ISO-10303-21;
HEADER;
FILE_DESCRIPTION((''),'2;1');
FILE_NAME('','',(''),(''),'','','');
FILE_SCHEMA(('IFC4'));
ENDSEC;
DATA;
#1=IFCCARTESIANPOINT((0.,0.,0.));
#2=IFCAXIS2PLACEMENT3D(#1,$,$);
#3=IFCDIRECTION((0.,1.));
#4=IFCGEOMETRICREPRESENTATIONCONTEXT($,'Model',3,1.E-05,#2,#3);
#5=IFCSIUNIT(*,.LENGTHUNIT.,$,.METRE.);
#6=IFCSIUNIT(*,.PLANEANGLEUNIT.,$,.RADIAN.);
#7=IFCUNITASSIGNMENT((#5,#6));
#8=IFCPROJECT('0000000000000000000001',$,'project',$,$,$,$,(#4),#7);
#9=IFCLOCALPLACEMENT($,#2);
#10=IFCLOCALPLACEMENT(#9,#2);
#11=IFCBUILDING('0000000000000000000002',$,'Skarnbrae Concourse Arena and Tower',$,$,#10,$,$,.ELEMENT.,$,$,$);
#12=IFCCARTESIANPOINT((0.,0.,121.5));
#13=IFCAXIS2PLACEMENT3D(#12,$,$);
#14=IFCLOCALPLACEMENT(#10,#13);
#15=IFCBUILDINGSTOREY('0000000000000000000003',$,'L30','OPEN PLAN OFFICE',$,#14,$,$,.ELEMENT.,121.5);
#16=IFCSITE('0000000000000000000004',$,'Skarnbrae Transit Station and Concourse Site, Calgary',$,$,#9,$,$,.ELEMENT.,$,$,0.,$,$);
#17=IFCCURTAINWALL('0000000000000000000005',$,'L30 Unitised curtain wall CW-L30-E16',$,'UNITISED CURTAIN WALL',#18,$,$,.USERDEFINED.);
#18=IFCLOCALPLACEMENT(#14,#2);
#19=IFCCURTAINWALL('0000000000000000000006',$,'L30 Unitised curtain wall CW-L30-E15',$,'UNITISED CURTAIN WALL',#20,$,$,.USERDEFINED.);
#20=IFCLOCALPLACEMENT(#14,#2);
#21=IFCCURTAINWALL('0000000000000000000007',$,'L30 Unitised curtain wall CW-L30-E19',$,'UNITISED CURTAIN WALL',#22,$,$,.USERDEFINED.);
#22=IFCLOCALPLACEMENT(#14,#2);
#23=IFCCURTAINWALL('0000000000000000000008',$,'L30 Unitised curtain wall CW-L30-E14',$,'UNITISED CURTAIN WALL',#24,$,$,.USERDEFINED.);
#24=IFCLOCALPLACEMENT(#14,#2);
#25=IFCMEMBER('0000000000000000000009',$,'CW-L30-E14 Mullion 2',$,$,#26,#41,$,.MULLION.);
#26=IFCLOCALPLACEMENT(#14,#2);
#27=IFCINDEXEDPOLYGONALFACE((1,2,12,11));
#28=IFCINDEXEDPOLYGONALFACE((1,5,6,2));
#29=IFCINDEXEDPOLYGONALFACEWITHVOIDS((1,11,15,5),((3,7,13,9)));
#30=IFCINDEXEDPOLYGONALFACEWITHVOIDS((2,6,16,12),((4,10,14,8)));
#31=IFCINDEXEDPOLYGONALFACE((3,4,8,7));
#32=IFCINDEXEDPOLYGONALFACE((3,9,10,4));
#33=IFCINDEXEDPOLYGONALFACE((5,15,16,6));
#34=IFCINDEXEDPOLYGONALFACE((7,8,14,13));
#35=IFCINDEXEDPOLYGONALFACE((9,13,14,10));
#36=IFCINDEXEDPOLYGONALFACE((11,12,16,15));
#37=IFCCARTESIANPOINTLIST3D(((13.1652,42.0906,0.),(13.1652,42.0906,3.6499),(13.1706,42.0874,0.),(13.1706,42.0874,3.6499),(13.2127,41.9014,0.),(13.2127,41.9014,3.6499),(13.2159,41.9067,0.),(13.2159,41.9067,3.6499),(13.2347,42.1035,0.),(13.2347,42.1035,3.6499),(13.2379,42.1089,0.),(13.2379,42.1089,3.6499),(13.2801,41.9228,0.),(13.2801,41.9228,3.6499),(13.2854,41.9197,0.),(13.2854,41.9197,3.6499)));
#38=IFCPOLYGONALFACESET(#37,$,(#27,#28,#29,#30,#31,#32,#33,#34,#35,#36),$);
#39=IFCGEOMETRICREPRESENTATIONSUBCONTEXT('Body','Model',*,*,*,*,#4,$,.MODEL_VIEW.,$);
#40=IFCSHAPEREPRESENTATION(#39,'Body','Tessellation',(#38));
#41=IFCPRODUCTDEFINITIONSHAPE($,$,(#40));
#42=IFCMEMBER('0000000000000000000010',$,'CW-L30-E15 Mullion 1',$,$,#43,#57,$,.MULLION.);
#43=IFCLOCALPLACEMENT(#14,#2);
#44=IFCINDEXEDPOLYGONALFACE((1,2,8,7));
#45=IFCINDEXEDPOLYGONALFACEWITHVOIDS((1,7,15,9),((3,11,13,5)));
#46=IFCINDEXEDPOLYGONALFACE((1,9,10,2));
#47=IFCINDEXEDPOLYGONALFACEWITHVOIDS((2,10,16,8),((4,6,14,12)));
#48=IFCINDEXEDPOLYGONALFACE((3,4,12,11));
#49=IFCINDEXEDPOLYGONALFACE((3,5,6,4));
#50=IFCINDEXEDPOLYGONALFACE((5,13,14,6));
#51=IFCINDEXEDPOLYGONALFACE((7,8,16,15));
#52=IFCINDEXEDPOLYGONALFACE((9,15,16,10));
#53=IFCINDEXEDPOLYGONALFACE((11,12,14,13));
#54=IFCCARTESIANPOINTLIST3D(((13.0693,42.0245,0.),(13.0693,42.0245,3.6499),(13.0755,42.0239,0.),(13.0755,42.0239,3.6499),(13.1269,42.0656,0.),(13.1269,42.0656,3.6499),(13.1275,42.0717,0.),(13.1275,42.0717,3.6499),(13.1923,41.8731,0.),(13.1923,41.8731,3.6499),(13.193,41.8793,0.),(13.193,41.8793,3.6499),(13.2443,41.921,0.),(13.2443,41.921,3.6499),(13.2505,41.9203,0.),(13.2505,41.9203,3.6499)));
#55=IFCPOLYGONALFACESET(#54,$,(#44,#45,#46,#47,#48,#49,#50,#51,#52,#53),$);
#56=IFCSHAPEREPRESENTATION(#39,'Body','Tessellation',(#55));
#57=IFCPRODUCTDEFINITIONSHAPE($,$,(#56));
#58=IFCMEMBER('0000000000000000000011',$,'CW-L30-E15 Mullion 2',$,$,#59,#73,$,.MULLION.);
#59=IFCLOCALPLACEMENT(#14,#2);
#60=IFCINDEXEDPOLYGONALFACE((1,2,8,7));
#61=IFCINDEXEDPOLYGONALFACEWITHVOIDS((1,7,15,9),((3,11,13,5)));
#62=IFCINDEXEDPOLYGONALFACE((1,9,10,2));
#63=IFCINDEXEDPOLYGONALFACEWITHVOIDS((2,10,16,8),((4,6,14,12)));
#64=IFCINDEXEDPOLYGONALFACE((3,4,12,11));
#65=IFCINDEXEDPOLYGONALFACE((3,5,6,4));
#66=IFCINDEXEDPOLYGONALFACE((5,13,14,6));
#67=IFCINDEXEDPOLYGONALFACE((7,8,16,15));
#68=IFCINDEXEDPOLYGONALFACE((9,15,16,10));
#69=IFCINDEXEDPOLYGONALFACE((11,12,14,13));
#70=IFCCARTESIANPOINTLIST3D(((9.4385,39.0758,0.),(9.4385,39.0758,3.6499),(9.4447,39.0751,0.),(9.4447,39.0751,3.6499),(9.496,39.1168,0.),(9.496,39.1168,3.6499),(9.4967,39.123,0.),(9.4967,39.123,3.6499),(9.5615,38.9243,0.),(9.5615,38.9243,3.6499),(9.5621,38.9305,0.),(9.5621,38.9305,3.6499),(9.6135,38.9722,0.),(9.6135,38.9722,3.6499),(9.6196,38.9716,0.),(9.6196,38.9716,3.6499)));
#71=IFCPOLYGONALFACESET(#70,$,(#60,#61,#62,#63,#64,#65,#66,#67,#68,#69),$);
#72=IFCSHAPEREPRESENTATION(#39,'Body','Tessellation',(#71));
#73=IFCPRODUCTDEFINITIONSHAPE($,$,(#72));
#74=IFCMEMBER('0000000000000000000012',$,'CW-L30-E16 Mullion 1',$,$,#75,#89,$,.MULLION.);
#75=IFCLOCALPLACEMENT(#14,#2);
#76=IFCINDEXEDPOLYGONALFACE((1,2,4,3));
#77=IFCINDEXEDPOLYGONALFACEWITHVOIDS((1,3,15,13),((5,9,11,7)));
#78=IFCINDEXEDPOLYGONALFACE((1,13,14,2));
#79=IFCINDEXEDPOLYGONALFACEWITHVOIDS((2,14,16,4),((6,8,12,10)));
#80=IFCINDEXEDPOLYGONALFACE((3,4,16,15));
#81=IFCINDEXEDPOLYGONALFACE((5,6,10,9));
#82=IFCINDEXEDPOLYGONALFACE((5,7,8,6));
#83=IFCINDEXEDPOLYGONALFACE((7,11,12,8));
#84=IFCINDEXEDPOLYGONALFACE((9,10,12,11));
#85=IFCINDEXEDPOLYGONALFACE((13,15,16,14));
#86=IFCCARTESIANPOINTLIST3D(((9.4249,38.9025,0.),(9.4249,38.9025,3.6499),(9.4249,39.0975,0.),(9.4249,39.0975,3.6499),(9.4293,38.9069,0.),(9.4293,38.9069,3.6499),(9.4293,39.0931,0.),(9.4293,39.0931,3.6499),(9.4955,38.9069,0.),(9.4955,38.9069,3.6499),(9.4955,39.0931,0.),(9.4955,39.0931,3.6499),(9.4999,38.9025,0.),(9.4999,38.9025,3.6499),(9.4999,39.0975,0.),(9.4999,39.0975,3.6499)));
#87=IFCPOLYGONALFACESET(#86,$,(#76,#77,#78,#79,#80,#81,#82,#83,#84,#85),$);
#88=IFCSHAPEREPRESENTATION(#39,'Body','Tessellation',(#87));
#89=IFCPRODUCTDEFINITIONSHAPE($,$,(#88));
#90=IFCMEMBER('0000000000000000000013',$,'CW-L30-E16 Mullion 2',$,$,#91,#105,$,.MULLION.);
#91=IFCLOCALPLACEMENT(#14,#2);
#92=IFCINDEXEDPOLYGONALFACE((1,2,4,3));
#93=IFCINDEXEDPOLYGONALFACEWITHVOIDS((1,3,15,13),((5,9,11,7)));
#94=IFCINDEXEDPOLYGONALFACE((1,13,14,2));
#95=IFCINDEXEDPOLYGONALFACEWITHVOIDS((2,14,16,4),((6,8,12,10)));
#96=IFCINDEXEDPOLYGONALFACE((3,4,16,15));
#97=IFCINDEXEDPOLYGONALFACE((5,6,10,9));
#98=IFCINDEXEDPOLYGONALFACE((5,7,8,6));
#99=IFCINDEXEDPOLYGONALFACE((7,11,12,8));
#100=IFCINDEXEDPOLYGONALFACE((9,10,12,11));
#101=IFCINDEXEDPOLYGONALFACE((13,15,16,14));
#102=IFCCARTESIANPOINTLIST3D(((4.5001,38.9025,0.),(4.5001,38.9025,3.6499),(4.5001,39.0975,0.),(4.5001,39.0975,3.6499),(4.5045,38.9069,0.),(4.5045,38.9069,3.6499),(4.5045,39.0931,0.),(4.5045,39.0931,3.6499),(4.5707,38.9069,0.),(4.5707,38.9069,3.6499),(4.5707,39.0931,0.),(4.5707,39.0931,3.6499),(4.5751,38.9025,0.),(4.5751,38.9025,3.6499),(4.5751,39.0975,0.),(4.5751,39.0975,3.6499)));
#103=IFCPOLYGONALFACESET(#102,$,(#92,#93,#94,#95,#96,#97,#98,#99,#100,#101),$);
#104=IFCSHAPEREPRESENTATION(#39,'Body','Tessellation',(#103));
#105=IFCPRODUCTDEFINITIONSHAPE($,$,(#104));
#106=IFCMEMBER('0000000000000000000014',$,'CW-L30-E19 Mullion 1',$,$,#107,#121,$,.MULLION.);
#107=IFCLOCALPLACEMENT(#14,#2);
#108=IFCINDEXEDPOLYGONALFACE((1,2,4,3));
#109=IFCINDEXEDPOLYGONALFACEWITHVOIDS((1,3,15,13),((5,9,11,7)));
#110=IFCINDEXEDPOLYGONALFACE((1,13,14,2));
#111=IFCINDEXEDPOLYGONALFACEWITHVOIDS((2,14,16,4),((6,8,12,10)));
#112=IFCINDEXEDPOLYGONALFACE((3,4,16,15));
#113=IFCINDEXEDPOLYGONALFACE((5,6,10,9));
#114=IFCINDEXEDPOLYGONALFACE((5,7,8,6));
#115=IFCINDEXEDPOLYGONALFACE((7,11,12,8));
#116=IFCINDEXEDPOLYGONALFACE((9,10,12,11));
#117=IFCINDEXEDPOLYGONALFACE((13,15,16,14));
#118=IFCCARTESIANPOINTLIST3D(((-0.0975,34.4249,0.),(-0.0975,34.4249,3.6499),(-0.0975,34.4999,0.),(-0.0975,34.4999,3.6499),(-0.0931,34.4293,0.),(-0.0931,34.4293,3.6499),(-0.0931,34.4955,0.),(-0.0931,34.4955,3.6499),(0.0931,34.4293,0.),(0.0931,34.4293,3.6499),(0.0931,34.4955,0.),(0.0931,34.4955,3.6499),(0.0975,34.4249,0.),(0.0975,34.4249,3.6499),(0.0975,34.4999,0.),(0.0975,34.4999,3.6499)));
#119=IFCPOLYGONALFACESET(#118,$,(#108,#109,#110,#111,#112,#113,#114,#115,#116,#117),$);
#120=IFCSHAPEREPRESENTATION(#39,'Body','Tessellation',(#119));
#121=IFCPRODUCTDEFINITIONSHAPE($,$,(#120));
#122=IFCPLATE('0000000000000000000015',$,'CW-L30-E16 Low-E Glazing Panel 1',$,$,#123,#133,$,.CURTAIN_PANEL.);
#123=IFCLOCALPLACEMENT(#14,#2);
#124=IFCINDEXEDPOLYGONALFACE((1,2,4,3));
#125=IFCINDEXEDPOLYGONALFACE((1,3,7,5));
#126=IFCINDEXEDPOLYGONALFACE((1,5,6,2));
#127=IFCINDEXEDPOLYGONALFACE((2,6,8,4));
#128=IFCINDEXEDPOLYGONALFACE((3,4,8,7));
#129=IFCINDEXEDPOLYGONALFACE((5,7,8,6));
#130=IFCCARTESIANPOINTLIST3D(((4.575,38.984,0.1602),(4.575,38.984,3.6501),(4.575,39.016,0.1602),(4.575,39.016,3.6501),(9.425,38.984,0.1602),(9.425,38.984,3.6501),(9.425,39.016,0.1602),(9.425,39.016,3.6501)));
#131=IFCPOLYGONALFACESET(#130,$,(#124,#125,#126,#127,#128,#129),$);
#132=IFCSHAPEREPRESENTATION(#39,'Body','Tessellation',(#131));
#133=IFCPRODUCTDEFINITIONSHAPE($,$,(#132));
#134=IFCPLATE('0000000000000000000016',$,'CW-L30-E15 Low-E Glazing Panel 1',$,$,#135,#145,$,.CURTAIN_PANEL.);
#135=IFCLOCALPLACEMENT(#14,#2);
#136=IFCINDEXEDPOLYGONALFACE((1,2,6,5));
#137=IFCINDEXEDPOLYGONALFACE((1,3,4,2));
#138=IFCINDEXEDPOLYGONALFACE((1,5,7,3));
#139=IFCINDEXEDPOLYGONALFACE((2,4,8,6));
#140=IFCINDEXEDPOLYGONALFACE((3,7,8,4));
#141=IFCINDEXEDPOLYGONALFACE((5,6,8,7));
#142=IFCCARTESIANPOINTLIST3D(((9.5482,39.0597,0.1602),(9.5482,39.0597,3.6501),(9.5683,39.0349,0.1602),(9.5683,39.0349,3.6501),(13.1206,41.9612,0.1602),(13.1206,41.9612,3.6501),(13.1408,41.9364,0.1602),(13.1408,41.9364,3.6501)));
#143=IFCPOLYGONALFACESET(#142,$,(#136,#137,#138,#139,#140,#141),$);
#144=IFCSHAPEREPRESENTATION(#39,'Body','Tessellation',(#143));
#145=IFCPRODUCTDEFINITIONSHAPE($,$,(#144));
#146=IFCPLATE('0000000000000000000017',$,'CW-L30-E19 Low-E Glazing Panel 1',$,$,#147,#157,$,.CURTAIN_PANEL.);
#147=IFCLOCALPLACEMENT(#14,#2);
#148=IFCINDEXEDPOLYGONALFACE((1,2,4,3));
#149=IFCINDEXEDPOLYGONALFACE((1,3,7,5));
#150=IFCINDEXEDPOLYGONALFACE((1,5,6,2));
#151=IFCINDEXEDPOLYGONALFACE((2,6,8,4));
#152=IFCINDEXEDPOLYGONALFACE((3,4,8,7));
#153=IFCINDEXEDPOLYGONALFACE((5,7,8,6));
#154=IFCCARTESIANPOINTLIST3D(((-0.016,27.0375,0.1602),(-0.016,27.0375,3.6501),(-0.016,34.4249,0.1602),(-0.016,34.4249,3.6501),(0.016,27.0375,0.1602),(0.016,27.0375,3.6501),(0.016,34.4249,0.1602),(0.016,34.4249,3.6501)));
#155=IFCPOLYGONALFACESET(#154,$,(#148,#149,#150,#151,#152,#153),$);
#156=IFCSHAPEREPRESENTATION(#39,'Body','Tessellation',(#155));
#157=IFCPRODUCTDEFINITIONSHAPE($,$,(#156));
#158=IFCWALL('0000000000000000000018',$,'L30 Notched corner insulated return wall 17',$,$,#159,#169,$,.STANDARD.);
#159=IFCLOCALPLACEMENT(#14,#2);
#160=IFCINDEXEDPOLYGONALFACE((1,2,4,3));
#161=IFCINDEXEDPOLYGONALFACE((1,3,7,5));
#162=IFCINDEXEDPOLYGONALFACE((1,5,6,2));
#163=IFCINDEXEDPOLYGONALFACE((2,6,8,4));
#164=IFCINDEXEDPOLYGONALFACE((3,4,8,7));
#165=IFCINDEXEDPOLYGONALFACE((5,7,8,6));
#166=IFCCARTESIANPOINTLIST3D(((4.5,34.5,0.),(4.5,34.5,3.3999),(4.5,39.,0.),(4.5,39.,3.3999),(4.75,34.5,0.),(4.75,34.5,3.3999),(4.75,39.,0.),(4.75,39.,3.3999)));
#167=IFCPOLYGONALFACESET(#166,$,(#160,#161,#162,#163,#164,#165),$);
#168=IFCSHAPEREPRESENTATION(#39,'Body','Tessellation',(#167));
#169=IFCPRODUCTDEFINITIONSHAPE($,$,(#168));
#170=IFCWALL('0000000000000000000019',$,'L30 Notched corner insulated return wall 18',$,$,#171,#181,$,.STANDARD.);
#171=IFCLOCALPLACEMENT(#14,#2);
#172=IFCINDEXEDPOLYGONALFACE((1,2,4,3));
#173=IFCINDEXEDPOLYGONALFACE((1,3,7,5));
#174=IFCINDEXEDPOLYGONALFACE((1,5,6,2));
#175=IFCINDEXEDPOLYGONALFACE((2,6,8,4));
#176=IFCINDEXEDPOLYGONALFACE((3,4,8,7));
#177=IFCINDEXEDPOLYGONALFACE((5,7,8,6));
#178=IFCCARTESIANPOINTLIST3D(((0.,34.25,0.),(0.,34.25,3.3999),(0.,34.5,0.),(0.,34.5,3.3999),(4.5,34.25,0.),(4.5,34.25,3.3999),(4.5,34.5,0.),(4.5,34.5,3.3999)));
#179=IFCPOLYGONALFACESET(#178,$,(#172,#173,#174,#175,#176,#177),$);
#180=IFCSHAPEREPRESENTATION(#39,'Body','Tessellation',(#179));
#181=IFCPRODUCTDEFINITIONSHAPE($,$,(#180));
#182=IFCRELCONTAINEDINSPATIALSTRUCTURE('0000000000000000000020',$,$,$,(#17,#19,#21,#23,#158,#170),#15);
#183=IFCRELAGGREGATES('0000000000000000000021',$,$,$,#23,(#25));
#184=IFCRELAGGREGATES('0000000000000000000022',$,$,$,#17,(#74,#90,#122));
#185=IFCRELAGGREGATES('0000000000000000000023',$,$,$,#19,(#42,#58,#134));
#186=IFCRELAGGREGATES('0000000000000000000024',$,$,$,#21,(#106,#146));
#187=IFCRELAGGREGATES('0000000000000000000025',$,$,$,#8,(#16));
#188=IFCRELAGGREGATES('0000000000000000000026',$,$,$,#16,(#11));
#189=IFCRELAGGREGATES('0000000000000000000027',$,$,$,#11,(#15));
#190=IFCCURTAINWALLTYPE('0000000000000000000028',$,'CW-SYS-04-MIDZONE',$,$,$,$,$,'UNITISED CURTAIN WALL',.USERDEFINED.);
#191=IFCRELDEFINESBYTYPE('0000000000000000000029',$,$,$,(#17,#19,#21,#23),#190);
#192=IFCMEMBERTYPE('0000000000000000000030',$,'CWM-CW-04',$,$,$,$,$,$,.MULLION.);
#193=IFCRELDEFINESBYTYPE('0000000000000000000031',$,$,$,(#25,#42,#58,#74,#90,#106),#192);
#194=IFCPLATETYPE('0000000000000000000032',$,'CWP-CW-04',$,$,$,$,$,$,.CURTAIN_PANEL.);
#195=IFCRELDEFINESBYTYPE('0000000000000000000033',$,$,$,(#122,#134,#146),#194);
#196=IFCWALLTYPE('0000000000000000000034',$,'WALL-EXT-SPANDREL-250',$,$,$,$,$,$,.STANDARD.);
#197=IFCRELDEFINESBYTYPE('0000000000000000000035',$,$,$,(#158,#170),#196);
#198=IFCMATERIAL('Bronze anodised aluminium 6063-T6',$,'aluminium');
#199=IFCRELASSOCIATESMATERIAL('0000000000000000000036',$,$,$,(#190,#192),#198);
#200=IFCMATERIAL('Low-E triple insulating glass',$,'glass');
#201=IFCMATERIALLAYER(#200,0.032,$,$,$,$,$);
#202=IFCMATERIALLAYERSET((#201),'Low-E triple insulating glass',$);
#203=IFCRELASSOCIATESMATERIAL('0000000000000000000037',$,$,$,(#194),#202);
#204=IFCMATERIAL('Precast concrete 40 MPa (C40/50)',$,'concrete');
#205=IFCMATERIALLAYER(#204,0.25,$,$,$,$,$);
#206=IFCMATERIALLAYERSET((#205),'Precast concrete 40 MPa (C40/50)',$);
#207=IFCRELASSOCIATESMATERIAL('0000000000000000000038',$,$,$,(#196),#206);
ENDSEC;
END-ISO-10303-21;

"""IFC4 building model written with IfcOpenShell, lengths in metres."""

from ifc_helpers import new_model, si_unit, direction, frame, frame_2d, origin, origin_2d, place, context, subcontext, project, spatial, rectangle, hollow_rectangle, extrude, source, transform, mapped, material, layer, layer_set, material_profile, profile_set, type_object, element, aggregate, save


model = new_model("IFC4")

# Units and contexts
model_context = context("Model", 3, precision=1e-05, world=origin(), true_north=direction((0.0, 1.0)))
body_context = subcontext(model_context, "Body", "Model", "MODEL_VIEW")
ifc_project = project(units=[si_unit("LENGTHUNIT", "METRE"), si_unit("PLANEANGLEUNIT", "RADIAN")], contexts=[model_context])

# Site, building, storey
site_placement = place(None, origin())
site = spatial("IfcSite", under=ifc_project, at=site_placement, Name="Skarnbrae Transit Station and Concourse Site, Calgary", CompositionType="ELEMENT", RefElevation=0.0)
building_placement = place(site_placement, origin())
building = spatial("IfcBuilding", under=site, at=building_placement, Name="Skarnbrae Concourse Arena and Tower", CompositionType="ELEMENT")
storey_placement = place(building_placement, frame((0.0, 0.0, 121.5)))
storey = spatial("IfcBuildingStorey", under=building, at=storey_placement, Name="L30", Description="OPEN PLAN OFFICE", CompositionType="ELEMENT", Elevation=121.5)

# Curtain walls, member
ifc_material_1 = material(Name="Bronze anodised aluminium 6063-T6", Category="aluminium")
curtain_wall_type = type_object("IfcCurtainWallType", Name="CW-SYS-04-MIDZONE", ElementType="UNITISED CURTAIN WALL", PredefinedType="USERDEFINED", material=ifc_material_1)
curtain_wall_1_placement = place(storey_placement, origin())
curtain_wall_1 = element("IfcCurtainWall", 1, at=curtain_wall_1_placement, inside=storey, type_object=curtain_wall_type, Name="L30 Unitised curtain wall CW-L30-E16", ObjectType="UNITISED CURTAIN WALL", PredefinedType="USERDEFINED")
curtain_wall_2_placement = place(storey_placement, origin())
curtain_wall_2 = element("IfcCurtainWall", 2, at=curtain_wall_2_placement, inside=storey, type_object=curtain_wall_type, Name="L30 Unitised curtain wall CW-L30-E15", ObjectType="UNITISED CURTAIN WALL", PredefinedType="USERDEFINED")
curtain_wall_3_placement = place(storey_placement, origin())
curtain_wall_3 = element("IfcCurtainWall", 3, at=curtain_wall_3_placement, inside=storey, type_object=curtain_wall_type, Name="L30 Unitised curtain wall CW-L30-E19", ObjectType="UNITISED CURTAIN WALL", PredefinedType="USERDEFINED")
curtain_wall_4_placement = place(storey_placement, origin())
curtain_wall_4 = element("IfcCurtainWall", 4, at=curtain_wall_4_placement, inside=storey, type_object=curtain_wall_type, Name="L30 Unitised curtain wall CW-L30-E14", ObjectType="UNITISED CURTAIN WALL", PredefinedType="USERDEFINED")
ifc_material_profile_1 = material_profile(ifc_material_1, hollow_rectangle(XDim=0.075, YDim=0.1951, WallThickness=0.0044, at=origin_2d()), Name="ALU-MULL-75X195")
ifc_profile_set_1 = profile_set([ifc_material_profile_1], Name="Bronze anodised aluminium 6063-T6")
member_type_1 = type_object("IfcMemberType", Name="CWM-CW-04", PredefinedType="MULLION", material=ifc_profile_set_1)
shared_shape_1 = source(origin(), body_context, "Body", "SweptSolid", [
    extrude(hollow_rectangle(XDim=0.075, YDim=0.1951, WallThickness=0.0044, at=origin_2d()), origin(), (0.0, 0.0, 1.0), 3.6499),
])
member_1_placement = place(storey_placement, frame((13.2253, 42.0051, 0.0), z_axis=(0.0, 0.0, 1.0), x_axis=(-0.969903, -0.243491, 0.0)))
member_1 = element("IfcMember", 5, at=member_1_placement, type_object=member_type_1, Name="CW-L30-E14 Mullion 2", PredefinedType="MULLION", context=body_context, shape_type="MappedRepresentation", body=[
    mapped(shared_shape_1, transform((0.0, 0.0, 0.0))),
])
aggregate(curtain_wall_4, [member_1])

# Members
member_2_placement = place(storey_placement, frame((13.1599, 41.9724, 0.0), z_axis=(0.0, 0.0, 1.0), x_axis=(-0.776241, -0.630436, 0.0)))
member_2 = element("IfcMember", 6, at=member_2_placement, type_object=member_type_1, Name="CW-L30-E15 Mullion 1", PredefinedType="MULLION", context=body_context, shape_type="MappedRepresentation", body=[
    mapped(shared_shape_1, transform((0.0, 0.0, 0.0))),
])
member_3_placement = place(storey_placement, frame((9.5291, 39.0237, 0.0), z_axis=(0.0, 0.0, 1.0), x_axis=(-0.776241, -0.630436, 0.0)))
member_3 = element("IfcMember", 7, at=member_3_placement, type_object=member_type_1, Name="CW-L30-E15 Mullion 2", PredefinedType="MULLION", context=body_context, shape_type="MappedRepresentation", body=[
    mapped(shared_shape_1, transform((0.0, 0.0, 0.0))),
])
member_4_placement = place(storey_placement, frame((9.4624, 39.0, 0.0), z_axis=(0.0, 0.0, 1.0), x_axis=(-1.0, 0.0, 0.0)))
member_4 = element("IfcMember", 8, at=member_4_placement, type_object=member_type_1, Name="CW-L30-E16 Mullion 1", PredefinedType="MULLION", context=body_context, shape_type="MappedRepresentation", body=[
    mapped(shared_shape_1, transform((0.0, 0.0, 0.0))),
])
member_5_placement = place(storey_placement, frame((4.5376, 39.0, 0.0), z_axis=(0.0, 0.0, 1.0), x_axis=(-1.0, 0.0, 0.0)))
member_5 = element("IfcMember", 9, at=member_5_placement, type_object=member_type_1, Name="CW-L30-E16 Mullion 2", PredefinedType="MULLION", context=body_context, shape_type="MappedRepresentation", body=[
    mapped(shared_shape_1, transform((0.0, 0.0, 0.0))),
])
member_6_placement = place(storey_placement, frame((0.0, 34.4624, 0.0), z_axis=(0.0, 0.0, 1.0), x_axis=(0.0, -1.0, 0.0)))
member_6 = element("IfcMember", 10, at=member_6_placement, type_object=member_type_1, Name="CW-L30-E19 Mullion 1", PredefinedType="MULLION", context=body_context, shape_type="MappedRepresentation", body=[
    mapped(shared_shape_1, transform((0.0, 0.0, 0.0))),
])

# Plates
ifc_material_2 = material(Name="Low-E triple insulating glass", Category="glass")
ifc_layer_1 = layer(ifc_material_2, 0.032)
ifc_layer_set_1 = layer_set([ifc_layer_1], Name="Low-E triple insulating glass")
plate_type = type_object("IfcPlateType", Name="CWP-CW-04", PredefinedType="CURTAIN_PANEL", material=ifc_layer_set_1)
shared_shape_2 = source(origin(), body_context, "Body", "SweptSolid", [
    extrude(rectangle(XDim=4.8501, YDim=0.032, at=origin_2d()), origin(), (0.0, 0.0, 1.0), 3.49),
])
plate_1_placement = place(storey_placement, frame((7.0, 39.0, 0.1602), z_axis=(0.0, 0.0, 1.0), x_axis=(-1.0, 0.0, 0.0)))
plate_1 = element("IfcPlate", 11, at=plate_1_placement, type_object=plate_type, Name="CW-L30-E16 Low-E Glazing Panel 1", PredefinedType="CURTAIN_PANEL", context=body_context, shape_type="MappedRepresentation", body=[
    mapped(shared_shape_2, transform((0.0, 0.0, 0.0))),
])
aggregate(curtain_wall_1, [member_4, member_5, plate_1])
shared_shape_3 = source(origin(), body_context, "Body", "SweptSolid", [
    extrude(rectangle(XDim=4.6023, YDim=0.032, at=origin_2d()), origin(), (0.0, 0.0, 1.0), 3.49),
])
plate_2_placement = place(storey_placement, frame((11.3445, 40.498, 0.1602), z_axis=(0.0, 0.0, 1.0), x_axis=(-0.776241, -0.630436, 0.0)))
plate_2 = element("IfcPlate", 12, at=plate_2_placement, type_object=plate_type, Name="CW-L30-E15 Low-E Glazing Panel 1", PredefinedType="CURTAIN_PANEL", context=body_context, shape_type="MappedRepresentation", body=[
    mapped(shared_shape_3, transform((0.0, 0.0, 0.0))),
])
aggregate(curtain_wall_2, [member_2, member_3, plate_2])
shared_shape_4 = source(origin(), body_context, "Body", "SweptSolid", [
    extrude(rectangle(XDim=7.3875, YDim=0.032, at=origin_2d()), origin(), (0.0, 0.0, 1.0), 3.49),
])
plate_3_placement = place(storey_placement, frame((0.0, 30.7312, 0.1602), z_axis=(0.0, 0.0, 1.0), x_axis=(0.0, -1.0, 0.0)))
plate_3 = element("IfcPlate", 13, at=plate_3_placement, type_object=plate_type, Name="CW-L30-E19 Low-E Glazing Panel 1", PredefinedType="CURTAIN_PANEL", context=body_context, shape_type="MappedRepresentation", body=[
    mapped(shared_shape_4, transform((0.0, 0.0, 0.0))),
])
aggregate(curtain_wall_3, [member_6, plate_3])

# Walls
ifc_material_3 = material(Name="Precast concrete 40 MPa (C40/50)", Category="concrete")
ifc_layer_2 = layer(ifc_material_3, 0.25)
ifc_layer_set_2 = layer_set([ifc_layer_2], Name="Precast concrete 40 MPa (C40/50)")
wall_type_1 = type_object("IfcWallType", Name="WALL-EXT-SPANDREL-250", PredefinedType="STANDARD", material=ifc_layer_set_2)
shared_shape_5 = source(origin(), body_context, "Body", "SweptSolid", [
    extrude(rectangle(XDim=4.5, YDim=0.25, at=frame_2d((2.25, 0.0))), origin(), (0.0, 0.0, 1.0), 3.3999),
])
for number, where, z_axis, x_axis, name in (
    (14, (4.625, 39.0, 0.0), (0.0, 0.0, 1.0), (0.0, -1.0, 0.0), "L30 Notched corner insulated return wall 17"),
    (15, (4.5, 34.375, 0.0), (0.0, 0.0, 1.0), (-1.0, 0.0, 0.0), "L30 Notched corner insulated return wall 18"),
):
    element("IfcWall", number, at=place(storey_placement, frame(where, z_axis=z_axis, x_axis=x_axis)), inside=storey, type_object=wall_type_1, Name=name, PredefinedType="STANDARD", context=body_context, shape_type="MappedRepresentation", body=[
        mapped(shared_shape_5, transform((0.0, 0.0, 0.0))),
    ])

save(model, "model.ifc")
